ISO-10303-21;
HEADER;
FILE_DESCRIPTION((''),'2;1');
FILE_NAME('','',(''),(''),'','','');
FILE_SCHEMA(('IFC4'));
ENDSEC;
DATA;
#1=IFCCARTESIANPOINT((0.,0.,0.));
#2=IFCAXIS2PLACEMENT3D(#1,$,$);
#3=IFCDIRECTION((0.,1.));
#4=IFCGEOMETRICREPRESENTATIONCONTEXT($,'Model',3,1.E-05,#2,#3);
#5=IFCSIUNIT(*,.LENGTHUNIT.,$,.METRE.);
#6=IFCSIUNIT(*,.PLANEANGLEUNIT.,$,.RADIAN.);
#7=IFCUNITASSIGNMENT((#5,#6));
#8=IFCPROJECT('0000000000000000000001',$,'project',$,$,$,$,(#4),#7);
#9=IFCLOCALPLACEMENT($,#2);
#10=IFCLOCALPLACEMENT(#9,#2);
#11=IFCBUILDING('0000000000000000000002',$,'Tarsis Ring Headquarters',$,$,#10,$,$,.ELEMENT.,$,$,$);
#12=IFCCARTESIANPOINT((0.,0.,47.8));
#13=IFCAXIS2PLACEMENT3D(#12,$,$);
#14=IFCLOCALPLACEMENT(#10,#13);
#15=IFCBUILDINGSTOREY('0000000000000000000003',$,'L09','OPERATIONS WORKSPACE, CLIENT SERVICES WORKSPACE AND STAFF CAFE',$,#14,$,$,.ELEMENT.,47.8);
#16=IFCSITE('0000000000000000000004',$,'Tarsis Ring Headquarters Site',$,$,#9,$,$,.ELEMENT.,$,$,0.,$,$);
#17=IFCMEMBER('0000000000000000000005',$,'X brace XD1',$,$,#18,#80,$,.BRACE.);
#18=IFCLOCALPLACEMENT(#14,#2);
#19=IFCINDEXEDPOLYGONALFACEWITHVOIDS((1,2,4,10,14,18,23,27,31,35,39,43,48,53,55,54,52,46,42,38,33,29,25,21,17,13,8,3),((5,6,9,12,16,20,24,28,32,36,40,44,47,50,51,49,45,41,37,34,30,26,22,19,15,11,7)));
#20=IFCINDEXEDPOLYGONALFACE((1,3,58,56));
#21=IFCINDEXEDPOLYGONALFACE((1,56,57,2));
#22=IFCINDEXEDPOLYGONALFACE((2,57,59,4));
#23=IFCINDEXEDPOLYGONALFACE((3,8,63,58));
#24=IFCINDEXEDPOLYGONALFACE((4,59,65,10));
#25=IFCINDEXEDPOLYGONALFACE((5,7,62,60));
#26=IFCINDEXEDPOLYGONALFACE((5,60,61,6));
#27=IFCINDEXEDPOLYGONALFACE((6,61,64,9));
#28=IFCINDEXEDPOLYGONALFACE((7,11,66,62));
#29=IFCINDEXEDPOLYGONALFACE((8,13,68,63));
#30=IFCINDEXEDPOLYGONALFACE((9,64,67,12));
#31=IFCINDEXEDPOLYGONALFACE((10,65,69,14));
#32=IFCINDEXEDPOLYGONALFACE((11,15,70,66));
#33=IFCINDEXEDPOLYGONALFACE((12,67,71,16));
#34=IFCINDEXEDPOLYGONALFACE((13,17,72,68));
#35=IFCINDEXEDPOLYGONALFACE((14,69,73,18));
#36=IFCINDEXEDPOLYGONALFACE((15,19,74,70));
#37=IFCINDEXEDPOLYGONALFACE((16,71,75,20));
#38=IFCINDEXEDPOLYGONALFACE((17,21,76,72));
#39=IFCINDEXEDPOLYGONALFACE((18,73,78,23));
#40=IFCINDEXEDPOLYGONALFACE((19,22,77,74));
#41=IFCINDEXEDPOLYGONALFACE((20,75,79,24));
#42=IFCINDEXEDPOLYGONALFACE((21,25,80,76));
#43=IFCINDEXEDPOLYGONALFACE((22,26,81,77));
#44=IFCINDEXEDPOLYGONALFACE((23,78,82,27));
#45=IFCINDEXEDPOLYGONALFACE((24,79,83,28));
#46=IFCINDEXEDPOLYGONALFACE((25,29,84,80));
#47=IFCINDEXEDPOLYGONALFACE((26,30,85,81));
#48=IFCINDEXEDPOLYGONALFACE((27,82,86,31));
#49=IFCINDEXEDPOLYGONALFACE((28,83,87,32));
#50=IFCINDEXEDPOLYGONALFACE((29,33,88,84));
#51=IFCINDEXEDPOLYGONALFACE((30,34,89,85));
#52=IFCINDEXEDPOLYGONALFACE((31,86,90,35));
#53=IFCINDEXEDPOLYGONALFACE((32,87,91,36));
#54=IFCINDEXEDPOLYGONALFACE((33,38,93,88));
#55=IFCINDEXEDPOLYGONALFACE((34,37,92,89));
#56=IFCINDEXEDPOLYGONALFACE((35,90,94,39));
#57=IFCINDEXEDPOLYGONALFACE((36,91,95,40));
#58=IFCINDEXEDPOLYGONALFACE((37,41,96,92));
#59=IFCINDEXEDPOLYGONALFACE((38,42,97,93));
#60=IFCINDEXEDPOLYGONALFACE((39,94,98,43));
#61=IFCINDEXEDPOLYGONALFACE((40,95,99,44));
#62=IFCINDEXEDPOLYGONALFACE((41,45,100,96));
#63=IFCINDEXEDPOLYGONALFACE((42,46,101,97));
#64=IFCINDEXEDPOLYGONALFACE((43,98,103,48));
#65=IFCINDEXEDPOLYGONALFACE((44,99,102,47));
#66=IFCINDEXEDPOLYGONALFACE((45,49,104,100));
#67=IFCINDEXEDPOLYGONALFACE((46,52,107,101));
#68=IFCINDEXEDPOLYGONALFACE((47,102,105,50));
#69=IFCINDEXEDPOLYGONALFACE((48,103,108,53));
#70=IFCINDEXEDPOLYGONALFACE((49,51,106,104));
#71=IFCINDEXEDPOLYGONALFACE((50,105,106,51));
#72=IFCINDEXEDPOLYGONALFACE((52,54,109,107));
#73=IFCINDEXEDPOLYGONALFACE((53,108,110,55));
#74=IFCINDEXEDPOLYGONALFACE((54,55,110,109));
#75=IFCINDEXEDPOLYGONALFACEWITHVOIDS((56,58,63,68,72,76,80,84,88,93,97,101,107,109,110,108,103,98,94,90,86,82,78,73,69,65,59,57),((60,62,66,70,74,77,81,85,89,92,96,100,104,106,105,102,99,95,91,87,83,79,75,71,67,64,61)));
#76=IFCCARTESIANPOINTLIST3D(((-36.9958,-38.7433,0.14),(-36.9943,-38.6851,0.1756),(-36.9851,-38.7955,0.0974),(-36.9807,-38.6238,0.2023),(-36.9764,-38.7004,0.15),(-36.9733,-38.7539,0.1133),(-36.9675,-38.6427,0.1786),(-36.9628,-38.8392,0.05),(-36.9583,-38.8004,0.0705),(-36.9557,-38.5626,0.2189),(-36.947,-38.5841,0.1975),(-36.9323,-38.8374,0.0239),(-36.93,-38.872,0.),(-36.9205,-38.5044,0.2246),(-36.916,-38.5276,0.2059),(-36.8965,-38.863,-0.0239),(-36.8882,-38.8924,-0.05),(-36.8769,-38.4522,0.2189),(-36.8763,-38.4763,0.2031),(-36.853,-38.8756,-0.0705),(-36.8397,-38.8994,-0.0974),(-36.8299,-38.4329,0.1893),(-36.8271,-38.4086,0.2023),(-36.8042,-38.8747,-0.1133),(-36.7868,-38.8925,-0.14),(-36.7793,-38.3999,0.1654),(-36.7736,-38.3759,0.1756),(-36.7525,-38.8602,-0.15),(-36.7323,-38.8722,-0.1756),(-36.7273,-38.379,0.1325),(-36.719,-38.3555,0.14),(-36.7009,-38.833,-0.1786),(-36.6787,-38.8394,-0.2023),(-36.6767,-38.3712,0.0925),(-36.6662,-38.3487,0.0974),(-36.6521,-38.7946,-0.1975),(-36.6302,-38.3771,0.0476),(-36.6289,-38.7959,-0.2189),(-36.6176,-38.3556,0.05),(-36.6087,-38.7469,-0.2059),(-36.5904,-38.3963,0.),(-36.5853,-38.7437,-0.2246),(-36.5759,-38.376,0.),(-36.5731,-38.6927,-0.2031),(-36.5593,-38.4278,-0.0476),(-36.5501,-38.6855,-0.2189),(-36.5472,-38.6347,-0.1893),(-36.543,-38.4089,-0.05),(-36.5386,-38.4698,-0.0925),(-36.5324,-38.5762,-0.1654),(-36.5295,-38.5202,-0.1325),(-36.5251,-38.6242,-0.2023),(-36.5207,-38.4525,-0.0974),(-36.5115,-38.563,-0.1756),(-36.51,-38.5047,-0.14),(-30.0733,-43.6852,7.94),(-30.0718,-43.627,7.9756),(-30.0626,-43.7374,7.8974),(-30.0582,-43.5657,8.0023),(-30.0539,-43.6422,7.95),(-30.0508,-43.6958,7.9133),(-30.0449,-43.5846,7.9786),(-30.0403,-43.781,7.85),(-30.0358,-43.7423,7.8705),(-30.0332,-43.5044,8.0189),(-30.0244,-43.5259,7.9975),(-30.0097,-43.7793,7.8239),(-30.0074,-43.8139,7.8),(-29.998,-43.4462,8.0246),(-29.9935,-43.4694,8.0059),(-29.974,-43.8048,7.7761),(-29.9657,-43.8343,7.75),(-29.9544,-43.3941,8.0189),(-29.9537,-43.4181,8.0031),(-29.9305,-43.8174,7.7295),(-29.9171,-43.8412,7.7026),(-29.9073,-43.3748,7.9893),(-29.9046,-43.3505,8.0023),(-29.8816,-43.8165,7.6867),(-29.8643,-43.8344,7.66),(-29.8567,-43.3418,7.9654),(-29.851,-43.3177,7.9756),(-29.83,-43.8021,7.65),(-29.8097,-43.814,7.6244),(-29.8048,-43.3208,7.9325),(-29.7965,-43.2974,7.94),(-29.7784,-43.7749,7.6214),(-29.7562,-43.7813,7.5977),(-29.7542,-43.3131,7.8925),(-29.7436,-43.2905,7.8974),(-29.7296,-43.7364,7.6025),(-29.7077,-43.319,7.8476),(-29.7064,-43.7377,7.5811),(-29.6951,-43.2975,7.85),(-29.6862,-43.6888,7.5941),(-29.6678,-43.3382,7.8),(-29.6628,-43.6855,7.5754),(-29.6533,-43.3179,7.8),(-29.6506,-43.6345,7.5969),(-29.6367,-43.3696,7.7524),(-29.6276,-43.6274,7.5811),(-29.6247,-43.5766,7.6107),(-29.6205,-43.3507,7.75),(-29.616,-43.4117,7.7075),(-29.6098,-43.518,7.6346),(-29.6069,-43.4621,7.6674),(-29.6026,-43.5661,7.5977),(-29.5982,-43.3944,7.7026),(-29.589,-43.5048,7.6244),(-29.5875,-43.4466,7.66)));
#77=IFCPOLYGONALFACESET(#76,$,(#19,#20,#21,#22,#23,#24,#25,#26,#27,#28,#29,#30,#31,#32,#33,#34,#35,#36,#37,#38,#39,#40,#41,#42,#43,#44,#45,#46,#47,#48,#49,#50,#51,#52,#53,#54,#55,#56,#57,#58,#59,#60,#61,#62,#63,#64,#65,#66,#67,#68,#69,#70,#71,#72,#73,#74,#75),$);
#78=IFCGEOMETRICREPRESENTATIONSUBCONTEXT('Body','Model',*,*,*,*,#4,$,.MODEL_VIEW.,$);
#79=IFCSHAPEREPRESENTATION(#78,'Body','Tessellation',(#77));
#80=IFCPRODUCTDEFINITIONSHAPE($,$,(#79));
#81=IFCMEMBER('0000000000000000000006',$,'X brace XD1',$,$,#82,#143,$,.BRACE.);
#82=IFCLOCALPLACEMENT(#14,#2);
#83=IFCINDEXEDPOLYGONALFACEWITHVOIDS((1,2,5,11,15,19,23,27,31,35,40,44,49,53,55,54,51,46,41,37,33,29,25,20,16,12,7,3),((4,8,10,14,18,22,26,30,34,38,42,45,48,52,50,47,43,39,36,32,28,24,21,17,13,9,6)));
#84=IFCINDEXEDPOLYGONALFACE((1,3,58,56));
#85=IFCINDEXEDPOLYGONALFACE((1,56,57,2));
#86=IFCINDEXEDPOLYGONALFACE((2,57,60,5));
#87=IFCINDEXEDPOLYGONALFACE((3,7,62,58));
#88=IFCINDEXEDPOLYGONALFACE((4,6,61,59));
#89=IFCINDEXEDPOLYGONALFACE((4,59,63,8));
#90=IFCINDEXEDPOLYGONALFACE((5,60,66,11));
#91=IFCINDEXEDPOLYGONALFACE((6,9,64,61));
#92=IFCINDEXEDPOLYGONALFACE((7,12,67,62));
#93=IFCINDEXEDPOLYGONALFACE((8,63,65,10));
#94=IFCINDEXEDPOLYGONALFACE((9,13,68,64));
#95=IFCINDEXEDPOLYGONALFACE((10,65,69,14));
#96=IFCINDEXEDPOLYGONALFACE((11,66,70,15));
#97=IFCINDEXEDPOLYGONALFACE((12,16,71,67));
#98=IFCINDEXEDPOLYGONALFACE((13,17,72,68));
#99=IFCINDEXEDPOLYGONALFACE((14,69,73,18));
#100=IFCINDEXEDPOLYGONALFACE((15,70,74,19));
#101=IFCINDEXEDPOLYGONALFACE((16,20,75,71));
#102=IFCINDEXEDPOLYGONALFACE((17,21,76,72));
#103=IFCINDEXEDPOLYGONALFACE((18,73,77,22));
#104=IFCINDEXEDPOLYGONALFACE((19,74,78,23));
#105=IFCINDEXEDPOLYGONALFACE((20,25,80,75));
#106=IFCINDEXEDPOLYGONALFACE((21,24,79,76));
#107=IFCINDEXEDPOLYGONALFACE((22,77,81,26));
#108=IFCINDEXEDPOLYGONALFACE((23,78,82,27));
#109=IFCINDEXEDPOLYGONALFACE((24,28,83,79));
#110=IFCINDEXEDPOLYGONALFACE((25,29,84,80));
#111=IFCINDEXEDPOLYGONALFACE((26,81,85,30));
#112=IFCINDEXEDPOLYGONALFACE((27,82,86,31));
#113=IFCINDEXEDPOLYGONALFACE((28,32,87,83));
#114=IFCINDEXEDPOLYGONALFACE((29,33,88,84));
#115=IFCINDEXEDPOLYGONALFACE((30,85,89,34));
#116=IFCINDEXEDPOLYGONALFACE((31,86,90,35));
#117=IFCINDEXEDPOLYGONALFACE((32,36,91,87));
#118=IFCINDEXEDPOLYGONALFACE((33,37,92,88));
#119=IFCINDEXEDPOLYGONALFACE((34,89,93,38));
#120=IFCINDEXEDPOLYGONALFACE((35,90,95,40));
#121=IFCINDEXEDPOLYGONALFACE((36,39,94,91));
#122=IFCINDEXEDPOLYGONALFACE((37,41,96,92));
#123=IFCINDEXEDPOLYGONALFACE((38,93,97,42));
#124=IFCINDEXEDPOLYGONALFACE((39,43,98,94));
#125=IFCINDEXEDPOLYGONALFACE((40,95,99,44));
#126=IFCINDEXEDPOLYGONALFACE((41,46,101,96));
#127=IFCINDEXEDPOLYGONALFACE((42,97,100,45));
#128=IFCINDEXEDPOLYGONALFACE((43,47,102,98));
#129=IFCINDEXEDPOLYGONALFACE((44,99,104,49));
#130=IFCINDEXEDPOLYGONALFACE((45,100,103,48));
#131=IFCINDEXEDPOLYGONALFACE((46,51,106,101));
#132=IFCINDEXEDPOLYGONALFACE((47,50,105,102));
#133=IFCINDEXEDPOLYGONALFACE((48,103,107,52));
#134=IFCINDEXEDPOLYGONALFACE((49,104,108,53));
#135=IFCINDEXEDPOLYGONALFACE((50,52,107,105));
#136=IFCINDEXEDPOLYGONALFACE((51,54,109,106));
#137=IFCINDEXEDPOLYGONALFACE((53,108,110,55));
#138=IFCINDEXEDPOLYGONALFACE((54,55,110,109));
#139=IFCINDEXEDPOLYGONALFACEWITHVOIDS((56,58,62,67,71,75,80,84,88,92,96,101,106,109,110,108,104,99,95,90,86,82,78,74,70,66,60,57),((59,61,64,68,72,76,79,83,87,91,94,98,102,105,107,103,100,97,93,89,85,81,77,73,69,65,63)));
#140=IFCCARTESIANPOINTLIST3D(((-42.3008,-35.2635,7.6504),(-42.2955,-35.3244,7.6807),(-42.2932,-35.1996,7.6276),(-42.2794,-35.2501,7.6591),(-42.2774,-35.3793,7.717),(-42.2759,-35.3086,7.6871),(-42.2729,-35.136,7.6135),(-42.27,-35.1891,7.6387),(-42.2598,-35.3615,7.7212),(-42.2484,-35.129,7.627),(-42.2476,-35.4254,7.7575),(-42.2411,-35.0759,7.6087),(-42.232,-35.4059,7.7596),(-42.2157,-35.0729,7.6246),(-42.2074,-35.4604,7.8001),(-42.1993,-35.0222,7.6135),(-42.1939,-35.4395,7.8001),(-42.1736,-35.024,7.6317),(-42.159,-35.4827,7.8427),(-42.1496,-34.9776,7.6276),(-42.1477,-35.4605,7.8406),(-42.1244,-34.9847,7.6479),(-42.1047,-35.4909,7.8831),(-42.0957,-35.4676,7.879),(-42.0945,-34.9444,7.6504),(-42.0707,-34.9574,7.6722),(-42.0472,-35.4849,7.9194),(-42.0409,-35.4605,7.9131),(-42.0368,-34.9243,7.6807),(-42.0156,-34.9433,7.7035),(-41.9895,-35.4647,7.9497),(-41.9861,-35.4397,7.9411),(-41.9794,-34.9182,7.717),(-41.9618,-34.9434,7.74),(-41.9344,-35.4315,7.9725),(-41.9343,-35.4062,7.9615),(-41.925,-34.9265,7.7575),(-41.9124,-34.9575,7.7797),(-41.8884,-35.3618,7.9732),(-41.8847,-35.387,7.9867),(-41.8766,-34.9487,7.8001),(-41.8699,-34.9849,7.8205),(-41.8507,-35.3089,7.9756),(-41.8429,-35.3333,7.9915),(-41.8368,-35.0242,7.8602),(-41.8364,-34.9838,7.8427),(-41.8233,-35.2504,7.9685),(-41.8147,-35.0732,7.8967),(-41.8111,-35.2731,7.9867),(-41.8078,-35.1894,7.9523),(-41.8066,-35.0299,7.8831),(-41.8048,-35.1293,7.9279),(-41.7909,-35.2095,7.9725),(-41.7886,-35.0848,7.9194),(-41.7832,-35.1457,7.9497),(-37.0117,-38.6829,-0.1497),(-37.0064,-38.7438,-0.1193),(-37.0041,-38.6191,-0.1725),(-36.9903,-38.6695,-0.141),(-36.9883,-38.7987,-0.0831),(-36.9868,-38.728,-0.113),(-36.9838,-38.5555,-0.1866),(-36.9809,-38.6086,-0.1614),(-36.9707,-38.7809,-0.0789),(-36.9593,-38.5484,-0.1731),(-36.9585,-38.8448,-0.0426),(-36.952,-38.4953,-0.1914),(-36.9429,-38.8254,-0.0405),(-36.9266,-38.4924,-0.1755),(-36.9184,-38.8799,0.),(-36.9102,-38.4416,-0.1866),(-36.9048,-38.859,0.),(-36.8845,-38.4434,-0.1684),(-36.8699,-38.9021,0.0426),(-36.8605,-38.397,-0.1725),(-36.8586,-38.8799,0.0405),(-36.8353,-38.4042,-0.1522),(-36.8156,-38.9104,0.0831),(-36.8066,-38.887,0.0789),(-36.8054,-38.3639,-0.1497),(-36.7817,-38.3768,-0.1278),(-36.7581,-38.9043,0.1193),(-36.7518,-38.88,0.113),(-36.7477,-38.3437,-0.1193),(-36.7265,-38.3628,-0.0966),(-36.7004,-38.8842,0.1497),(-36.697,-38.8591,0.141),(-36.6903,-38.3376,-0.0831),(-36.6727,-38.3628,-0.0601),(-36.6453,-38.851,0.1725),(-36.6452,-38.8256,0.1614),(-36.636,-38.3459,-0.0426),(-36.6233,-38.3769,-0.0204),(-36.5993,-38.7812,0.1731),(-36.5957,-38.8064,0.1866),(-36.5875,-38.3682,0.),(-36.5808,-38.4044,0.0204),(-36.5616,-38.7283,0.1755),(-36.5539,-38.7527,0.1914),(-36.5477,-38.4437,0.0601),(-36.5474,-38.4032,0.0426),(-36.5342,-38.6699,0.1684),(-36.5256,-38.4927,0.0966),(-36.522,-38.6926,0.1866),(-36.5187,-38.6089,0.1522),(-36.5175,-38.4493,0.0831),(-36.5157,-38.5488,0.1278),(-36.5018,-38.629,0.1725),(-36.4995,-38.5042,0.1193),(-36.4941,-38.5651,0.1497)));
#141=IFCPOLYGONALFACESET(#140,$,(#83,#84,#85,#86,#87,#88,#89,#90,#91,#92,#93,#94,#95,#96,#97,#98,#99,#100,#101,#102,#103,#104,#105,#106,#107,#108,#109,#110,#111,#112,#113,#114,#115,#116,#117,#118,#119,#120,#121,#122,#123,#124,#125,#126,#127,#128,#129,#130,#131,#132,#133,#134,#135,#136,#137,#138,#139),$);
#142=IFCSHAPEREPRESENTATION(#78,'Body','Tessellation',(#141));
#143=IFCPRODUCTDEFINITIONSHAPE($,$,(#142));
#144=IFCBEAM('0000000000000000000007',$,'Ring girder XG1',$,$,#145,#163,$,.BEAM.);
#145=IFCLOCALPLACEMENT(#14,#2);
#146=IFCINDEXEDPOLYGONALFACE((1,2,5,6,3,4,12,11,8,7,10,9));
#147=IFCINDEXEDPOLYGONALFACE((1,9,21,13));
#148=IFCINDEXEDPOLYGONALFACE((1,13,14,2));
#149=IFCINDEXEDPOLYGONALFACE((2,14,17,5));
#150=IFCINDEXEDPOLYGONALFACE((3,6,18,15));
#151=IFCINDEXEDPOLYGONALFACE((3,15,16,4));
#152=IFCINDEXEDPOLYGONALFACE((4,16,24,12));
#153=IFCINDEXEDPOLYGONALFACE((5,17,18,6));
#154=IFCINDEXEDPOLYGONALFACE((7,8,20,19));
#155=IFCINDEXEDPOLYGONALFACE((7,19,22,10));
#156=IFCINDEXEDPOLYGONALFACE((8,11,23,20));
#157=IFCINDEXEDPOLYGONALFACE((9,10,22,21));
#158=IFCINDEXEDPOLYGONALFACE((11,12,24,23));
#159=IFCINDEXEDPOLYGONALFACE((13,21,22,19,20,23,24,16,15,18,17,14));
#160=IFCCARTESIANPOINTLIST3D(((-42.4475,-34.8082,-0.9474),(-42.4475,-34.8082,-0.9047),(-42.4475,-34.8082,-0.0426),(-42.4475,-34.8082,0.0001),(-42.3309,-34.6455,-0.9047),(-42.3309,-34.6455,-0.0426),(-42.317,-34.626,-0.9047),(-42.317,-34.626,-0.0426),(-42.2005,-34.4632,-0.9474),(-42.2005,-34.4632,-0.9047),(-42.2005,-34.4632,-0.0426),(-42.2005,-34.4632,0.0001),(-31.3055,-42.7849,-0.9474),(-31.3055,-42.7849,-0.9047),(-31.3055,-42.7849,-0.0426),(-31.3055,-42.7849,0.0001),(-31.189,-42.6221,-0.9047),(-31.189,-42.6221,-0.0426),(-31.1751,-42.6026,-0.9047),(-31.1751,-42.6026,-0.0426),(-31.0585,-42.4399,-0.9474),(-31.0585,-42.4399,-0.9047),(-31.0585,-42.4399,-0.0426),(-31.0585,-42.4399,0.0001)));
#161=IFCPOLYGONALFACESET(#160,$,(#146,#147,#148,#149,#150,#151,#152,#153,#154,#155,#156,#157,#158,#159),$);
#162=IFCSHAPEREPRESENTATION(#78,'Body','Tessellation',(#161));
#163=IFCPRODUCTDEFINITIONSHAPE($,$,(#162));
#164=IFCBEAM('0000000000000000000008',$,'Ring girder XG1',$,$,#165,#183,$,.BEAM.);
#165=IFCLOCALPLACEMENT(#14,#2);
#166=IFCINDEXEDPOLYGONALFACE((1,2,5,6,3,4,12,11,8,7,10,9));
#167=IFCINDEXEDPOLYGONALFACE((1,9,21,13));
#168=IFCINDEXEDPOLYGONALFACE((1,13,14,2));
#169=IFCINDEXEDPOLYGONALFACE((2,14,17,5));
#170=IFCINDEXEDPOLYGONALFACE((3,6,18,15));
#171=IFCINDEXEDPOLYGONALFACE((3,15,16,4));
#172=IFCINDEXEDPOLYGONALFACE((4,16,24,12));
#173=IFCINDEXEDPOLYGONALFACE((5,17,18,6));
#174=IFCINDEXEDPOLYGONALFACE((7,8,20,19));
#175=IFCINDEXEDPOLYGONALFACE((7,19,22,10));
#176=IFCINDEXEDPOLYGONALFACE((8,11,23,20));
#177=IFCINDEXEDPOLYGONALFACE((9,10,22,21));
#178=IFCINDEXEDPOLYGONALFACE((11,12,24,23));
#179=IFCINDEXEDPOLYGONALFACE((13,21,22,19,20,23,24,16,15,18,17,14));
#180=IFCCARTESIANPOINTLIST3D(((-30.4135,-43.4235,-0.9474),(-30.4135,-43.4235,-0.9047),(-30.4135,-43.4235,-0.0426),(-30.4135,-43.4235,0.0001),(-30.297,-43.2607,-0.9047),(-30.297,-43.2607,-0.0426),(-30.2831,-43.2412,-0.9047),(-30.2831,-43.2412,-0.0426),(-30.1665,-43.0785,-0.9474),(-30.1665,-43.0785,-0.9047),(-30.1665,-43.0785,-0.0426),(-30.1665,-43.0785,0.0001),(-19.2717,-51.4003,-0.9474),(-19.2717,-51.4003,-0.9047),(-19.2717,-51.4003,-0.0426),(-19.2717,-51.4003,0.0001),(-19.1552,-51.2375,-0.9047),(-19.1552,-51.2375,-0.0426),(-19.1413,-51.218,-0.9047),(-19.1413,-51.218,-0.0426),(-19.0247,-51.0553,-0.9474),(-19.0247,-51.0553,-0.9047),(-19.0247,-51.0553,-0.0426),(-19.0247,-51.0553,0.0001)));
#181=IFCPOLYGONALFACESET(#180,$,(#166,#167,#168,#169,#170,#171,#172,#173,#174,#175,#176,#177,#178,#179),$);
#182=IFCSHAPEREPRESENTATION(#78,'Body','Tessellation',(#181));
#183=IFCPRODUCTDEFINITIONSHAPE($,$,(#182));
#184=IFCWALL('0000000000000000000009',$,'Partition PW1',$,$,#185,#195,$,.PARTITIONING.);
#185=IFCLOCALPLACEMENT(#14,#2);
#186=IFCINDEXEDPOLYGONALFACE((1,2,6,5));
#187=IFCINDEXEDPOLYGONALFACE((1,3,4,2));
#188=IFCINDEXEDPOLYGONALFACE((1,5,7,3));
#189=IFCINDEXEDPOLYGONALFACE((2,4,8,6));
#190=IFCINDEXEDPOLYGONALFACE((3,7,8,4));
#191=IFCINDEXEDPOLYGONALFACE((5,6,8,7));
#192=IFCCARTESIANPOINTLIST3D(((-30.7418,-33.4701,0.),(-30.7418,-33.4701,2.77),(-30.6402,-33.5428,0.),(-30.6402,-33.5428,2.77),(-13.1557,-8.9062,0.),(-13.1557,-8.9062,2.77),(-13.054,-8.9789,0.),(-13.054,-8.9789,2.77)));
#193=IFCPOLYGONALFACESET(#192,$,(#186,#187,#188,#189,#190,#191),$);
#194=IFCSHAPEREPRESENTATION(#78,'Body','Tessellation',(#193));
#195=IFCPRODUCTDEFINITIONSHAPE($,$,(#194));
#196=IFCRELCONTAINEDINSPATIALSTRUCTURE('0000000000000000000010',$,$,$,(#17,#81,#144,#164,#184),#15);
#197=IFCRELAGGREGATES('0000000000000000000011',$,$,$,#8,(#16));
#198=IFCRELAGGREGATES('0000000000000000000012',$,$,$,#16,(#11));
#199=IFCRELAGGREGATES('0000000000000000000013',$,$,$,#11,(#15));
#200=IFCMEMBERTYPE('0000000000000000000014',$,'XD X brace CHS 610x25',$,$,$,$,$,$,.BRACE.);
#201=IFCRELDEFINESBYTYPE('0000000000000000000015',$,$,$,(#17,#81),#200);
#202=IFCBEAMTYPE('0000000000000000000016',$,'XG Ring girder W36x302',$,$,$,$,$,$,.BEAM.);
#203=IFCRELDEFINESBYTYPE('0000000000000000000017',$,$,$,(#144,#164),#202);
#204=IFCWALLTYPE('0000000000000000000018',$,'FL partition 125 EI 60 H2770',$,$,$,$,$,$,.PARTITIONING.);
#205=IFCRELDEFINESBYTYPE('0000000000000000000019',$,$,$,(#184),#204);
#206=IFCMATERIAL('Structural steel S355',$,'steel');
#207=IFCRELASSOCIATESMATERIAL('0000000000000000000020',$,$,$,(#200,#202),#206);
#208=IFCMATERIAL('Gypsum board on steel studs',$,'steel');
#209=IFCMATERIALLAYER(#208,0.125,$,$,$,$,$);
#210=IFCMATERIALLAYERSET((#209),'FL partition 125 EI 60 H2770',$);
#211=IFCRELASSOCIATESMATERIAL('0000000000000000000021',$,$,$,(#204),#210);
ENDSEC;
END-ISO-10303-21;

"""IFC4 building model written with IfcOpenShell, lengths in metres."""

from ifc_helpers import new_model, si_unit, direction, frame, frame_2d, origin, origin_2d, place, context, subcontext, project, spatial, rectangle, hollow_circle, i_section, extrude, material, layer, layer_set, material_profile, profile_set, type_object, element, save


model = new_model("IFC4")

# Units and contexts
model_context = context("Model", 3, precision=1e-05, world=origin(), true_north=direction((0.0, 1.0)))
body_context = subcontext(model_context, "Body", "Model", "MODEL_VIEW")
ifc_project = project(units=[si_unit("LENGTHUNIT", "METRE"), si_unit("PLANEANGLEUNIT", "RADIAN")], contexts=[model_context])

# Site, building, storey
site_placement = place(None, origin())
site = spatial("IfcSite", under=ifc_project, at=site_placement, Name="Tarsis Ring Headquarters Site", CompositionType="ELEMENT", RefElevation=0.0)
building_placement = place(site_placement, origin())
building = spatial("IfcBuilding", under=site, at=building_placement, Name="Tarsis Ring Headquarters", CompositionType="ELEMENT")
storey_placement = place(building_placement, frame((0.0, 0.0, 47.8)))
storey = spatial("IfcBuildingStorey", under=building, at=storey_placement, Name="L09", Description="OPERATIONS WORKSPACE, CLIENT SERVICES WORKSPACE AND STAFF CAFE", CompositionType="ELEMENT", Elevation=47.8)

# Members
ifc_material_1 = material(Name="Structural steel S355", Category="steel")
ifc_material_profile_1 = material_profile(ifc_material_1, hollow_circle(Radius=0.3047, WallThickness=0.0249, at=origin_2d()), Name="CHS 610x25")
ifc_profile_set_1 = profile_set([ifc_material_profile_1], Name="Structural steel S355")
member_type = type_object("IfcMemberType", Name="XD X brace CHS 610x25", PredefinedType="BRACE", material=ifc_profile_set_1)
member_1_placement = place(storey_placement, frame((-36.7529, -38.624, 0.0), z_axis=(0.599848, -0.428218, 0.675879), x_axis=(0.581018, 0.813891, 0.0)))
element("IfcMember", 1, at=member_1_placement, inside=storey, type_object=member_type, Name="X brace XD1", PredefinedType="BRACE", context=body_context, shape_type="SweptSolid", body=[
    extrude(hollow_circle(Radius=0.3047, WallThickness=0.0249, at=origin_2d()), origin(), (0.0, 0.0, 1.0), 11.5405),
])
member_2_placement = place(storey_placement, frame((-36.7529, -38.624, 0.0), z_axis=(-0.527569, 0.341079, 0.778033), x_axis=(-0.542927, -0.83978, 0.0)))
element("IfcMember", 2, at=member_2_placement, inside=storey, type_object=member_type, Name="X brace XD1", PredefinedType="BRACE", context=body_context, shape_type="SweptSolid", body=[
    extrude(hollow_circle(Radius=0.3047, WallThickness=0.0249, at=origin_2d()), origin(), (0.0, 0.0, 1.0), 10.0254),
])

# Beams
ifc_material_profile_2 = material_profile(ifc_material_1, i_section(OverallWidth=0.4243, OverallDepth=0.9475, WebThickness=0.0239, FlangeThickness=0.0427, at=origin_2d()), Name="W36x302")
ifc_profile_set_2 = profile_set([ifc_material_profile_2], Name="Structural steel S355")
beam_type = type_object("IfcBeamType", Name="XG Ring girder W36x302", PredefinedType="BEAM", material=ifc_profile_set_2)
for number, where, z_axis, x_axis, name in (
    (3, (-42.324, -34.6357, -0.4736), (0.813108, -0.582113, 0.0), (0.582113, 0.813108, 0.0), "Ring girder XG1"),
    (4, (-30.29, -43.251, -0.4736), (0.8131, -0.582124, 0.0), (0.582124, 0.8131, 0.0), "Ring girder XG1"),
):
    element("IfcBeam", number, at=place(storey_placement, frame(where, z_axis=z_axis, x_axis=x_axis)), inside=storey, type_object=beam_type, Name=name, PredefinedType="BEAM", context=body_context, shape_type="SweptSolid", body=[
        extrude(i_section(OverallWidth=0.4243, OverallDepth=0.9475, WebThickness=0.0239, FlangeThickness=0.0427, at=origin_2d()), origin(), (0.0, 0.0, 1.0), 13.7029),
    ])

# Wall
ifc_material_2 = material(Name="Gypsum board on steel studs", Category="steel")
ifc_layer_1 = layer(ifc_material_2, 0.125)
ifc_layer_set_1 = layer_set([ifc_layer_1], Name="FL partition 125 EI 60 H2770")
wall_type_1 = type_object("IfcWallType", Name="FL partition 125 EI 60 H2770", PredefinedType="PARTITIONING", material=ifc_layer_set_1)
wall_1_placement = place(storey_placement, frame((-30.6909, -33.5063, 0.0), z_axis=(0.0, 0.0, 1.0), x_axis=(0.582125, 0.813099, 0.0)))
element("IfcWall", 5, at=wall_1_placement, inside=storey, type_object=wall_type_1, Name="Partition PW1", PredefinedType="PARTITIONING", context=body_context, shape_type="SweptSolid", body=[
    extrude(rectangle(XDim=30.2102, YDim=0.125, at=frame_2d((15.105, 0.0))), origin(), (0.0, 0.0, 1.0), 2.77),
])

save(model, "model.ifc")
